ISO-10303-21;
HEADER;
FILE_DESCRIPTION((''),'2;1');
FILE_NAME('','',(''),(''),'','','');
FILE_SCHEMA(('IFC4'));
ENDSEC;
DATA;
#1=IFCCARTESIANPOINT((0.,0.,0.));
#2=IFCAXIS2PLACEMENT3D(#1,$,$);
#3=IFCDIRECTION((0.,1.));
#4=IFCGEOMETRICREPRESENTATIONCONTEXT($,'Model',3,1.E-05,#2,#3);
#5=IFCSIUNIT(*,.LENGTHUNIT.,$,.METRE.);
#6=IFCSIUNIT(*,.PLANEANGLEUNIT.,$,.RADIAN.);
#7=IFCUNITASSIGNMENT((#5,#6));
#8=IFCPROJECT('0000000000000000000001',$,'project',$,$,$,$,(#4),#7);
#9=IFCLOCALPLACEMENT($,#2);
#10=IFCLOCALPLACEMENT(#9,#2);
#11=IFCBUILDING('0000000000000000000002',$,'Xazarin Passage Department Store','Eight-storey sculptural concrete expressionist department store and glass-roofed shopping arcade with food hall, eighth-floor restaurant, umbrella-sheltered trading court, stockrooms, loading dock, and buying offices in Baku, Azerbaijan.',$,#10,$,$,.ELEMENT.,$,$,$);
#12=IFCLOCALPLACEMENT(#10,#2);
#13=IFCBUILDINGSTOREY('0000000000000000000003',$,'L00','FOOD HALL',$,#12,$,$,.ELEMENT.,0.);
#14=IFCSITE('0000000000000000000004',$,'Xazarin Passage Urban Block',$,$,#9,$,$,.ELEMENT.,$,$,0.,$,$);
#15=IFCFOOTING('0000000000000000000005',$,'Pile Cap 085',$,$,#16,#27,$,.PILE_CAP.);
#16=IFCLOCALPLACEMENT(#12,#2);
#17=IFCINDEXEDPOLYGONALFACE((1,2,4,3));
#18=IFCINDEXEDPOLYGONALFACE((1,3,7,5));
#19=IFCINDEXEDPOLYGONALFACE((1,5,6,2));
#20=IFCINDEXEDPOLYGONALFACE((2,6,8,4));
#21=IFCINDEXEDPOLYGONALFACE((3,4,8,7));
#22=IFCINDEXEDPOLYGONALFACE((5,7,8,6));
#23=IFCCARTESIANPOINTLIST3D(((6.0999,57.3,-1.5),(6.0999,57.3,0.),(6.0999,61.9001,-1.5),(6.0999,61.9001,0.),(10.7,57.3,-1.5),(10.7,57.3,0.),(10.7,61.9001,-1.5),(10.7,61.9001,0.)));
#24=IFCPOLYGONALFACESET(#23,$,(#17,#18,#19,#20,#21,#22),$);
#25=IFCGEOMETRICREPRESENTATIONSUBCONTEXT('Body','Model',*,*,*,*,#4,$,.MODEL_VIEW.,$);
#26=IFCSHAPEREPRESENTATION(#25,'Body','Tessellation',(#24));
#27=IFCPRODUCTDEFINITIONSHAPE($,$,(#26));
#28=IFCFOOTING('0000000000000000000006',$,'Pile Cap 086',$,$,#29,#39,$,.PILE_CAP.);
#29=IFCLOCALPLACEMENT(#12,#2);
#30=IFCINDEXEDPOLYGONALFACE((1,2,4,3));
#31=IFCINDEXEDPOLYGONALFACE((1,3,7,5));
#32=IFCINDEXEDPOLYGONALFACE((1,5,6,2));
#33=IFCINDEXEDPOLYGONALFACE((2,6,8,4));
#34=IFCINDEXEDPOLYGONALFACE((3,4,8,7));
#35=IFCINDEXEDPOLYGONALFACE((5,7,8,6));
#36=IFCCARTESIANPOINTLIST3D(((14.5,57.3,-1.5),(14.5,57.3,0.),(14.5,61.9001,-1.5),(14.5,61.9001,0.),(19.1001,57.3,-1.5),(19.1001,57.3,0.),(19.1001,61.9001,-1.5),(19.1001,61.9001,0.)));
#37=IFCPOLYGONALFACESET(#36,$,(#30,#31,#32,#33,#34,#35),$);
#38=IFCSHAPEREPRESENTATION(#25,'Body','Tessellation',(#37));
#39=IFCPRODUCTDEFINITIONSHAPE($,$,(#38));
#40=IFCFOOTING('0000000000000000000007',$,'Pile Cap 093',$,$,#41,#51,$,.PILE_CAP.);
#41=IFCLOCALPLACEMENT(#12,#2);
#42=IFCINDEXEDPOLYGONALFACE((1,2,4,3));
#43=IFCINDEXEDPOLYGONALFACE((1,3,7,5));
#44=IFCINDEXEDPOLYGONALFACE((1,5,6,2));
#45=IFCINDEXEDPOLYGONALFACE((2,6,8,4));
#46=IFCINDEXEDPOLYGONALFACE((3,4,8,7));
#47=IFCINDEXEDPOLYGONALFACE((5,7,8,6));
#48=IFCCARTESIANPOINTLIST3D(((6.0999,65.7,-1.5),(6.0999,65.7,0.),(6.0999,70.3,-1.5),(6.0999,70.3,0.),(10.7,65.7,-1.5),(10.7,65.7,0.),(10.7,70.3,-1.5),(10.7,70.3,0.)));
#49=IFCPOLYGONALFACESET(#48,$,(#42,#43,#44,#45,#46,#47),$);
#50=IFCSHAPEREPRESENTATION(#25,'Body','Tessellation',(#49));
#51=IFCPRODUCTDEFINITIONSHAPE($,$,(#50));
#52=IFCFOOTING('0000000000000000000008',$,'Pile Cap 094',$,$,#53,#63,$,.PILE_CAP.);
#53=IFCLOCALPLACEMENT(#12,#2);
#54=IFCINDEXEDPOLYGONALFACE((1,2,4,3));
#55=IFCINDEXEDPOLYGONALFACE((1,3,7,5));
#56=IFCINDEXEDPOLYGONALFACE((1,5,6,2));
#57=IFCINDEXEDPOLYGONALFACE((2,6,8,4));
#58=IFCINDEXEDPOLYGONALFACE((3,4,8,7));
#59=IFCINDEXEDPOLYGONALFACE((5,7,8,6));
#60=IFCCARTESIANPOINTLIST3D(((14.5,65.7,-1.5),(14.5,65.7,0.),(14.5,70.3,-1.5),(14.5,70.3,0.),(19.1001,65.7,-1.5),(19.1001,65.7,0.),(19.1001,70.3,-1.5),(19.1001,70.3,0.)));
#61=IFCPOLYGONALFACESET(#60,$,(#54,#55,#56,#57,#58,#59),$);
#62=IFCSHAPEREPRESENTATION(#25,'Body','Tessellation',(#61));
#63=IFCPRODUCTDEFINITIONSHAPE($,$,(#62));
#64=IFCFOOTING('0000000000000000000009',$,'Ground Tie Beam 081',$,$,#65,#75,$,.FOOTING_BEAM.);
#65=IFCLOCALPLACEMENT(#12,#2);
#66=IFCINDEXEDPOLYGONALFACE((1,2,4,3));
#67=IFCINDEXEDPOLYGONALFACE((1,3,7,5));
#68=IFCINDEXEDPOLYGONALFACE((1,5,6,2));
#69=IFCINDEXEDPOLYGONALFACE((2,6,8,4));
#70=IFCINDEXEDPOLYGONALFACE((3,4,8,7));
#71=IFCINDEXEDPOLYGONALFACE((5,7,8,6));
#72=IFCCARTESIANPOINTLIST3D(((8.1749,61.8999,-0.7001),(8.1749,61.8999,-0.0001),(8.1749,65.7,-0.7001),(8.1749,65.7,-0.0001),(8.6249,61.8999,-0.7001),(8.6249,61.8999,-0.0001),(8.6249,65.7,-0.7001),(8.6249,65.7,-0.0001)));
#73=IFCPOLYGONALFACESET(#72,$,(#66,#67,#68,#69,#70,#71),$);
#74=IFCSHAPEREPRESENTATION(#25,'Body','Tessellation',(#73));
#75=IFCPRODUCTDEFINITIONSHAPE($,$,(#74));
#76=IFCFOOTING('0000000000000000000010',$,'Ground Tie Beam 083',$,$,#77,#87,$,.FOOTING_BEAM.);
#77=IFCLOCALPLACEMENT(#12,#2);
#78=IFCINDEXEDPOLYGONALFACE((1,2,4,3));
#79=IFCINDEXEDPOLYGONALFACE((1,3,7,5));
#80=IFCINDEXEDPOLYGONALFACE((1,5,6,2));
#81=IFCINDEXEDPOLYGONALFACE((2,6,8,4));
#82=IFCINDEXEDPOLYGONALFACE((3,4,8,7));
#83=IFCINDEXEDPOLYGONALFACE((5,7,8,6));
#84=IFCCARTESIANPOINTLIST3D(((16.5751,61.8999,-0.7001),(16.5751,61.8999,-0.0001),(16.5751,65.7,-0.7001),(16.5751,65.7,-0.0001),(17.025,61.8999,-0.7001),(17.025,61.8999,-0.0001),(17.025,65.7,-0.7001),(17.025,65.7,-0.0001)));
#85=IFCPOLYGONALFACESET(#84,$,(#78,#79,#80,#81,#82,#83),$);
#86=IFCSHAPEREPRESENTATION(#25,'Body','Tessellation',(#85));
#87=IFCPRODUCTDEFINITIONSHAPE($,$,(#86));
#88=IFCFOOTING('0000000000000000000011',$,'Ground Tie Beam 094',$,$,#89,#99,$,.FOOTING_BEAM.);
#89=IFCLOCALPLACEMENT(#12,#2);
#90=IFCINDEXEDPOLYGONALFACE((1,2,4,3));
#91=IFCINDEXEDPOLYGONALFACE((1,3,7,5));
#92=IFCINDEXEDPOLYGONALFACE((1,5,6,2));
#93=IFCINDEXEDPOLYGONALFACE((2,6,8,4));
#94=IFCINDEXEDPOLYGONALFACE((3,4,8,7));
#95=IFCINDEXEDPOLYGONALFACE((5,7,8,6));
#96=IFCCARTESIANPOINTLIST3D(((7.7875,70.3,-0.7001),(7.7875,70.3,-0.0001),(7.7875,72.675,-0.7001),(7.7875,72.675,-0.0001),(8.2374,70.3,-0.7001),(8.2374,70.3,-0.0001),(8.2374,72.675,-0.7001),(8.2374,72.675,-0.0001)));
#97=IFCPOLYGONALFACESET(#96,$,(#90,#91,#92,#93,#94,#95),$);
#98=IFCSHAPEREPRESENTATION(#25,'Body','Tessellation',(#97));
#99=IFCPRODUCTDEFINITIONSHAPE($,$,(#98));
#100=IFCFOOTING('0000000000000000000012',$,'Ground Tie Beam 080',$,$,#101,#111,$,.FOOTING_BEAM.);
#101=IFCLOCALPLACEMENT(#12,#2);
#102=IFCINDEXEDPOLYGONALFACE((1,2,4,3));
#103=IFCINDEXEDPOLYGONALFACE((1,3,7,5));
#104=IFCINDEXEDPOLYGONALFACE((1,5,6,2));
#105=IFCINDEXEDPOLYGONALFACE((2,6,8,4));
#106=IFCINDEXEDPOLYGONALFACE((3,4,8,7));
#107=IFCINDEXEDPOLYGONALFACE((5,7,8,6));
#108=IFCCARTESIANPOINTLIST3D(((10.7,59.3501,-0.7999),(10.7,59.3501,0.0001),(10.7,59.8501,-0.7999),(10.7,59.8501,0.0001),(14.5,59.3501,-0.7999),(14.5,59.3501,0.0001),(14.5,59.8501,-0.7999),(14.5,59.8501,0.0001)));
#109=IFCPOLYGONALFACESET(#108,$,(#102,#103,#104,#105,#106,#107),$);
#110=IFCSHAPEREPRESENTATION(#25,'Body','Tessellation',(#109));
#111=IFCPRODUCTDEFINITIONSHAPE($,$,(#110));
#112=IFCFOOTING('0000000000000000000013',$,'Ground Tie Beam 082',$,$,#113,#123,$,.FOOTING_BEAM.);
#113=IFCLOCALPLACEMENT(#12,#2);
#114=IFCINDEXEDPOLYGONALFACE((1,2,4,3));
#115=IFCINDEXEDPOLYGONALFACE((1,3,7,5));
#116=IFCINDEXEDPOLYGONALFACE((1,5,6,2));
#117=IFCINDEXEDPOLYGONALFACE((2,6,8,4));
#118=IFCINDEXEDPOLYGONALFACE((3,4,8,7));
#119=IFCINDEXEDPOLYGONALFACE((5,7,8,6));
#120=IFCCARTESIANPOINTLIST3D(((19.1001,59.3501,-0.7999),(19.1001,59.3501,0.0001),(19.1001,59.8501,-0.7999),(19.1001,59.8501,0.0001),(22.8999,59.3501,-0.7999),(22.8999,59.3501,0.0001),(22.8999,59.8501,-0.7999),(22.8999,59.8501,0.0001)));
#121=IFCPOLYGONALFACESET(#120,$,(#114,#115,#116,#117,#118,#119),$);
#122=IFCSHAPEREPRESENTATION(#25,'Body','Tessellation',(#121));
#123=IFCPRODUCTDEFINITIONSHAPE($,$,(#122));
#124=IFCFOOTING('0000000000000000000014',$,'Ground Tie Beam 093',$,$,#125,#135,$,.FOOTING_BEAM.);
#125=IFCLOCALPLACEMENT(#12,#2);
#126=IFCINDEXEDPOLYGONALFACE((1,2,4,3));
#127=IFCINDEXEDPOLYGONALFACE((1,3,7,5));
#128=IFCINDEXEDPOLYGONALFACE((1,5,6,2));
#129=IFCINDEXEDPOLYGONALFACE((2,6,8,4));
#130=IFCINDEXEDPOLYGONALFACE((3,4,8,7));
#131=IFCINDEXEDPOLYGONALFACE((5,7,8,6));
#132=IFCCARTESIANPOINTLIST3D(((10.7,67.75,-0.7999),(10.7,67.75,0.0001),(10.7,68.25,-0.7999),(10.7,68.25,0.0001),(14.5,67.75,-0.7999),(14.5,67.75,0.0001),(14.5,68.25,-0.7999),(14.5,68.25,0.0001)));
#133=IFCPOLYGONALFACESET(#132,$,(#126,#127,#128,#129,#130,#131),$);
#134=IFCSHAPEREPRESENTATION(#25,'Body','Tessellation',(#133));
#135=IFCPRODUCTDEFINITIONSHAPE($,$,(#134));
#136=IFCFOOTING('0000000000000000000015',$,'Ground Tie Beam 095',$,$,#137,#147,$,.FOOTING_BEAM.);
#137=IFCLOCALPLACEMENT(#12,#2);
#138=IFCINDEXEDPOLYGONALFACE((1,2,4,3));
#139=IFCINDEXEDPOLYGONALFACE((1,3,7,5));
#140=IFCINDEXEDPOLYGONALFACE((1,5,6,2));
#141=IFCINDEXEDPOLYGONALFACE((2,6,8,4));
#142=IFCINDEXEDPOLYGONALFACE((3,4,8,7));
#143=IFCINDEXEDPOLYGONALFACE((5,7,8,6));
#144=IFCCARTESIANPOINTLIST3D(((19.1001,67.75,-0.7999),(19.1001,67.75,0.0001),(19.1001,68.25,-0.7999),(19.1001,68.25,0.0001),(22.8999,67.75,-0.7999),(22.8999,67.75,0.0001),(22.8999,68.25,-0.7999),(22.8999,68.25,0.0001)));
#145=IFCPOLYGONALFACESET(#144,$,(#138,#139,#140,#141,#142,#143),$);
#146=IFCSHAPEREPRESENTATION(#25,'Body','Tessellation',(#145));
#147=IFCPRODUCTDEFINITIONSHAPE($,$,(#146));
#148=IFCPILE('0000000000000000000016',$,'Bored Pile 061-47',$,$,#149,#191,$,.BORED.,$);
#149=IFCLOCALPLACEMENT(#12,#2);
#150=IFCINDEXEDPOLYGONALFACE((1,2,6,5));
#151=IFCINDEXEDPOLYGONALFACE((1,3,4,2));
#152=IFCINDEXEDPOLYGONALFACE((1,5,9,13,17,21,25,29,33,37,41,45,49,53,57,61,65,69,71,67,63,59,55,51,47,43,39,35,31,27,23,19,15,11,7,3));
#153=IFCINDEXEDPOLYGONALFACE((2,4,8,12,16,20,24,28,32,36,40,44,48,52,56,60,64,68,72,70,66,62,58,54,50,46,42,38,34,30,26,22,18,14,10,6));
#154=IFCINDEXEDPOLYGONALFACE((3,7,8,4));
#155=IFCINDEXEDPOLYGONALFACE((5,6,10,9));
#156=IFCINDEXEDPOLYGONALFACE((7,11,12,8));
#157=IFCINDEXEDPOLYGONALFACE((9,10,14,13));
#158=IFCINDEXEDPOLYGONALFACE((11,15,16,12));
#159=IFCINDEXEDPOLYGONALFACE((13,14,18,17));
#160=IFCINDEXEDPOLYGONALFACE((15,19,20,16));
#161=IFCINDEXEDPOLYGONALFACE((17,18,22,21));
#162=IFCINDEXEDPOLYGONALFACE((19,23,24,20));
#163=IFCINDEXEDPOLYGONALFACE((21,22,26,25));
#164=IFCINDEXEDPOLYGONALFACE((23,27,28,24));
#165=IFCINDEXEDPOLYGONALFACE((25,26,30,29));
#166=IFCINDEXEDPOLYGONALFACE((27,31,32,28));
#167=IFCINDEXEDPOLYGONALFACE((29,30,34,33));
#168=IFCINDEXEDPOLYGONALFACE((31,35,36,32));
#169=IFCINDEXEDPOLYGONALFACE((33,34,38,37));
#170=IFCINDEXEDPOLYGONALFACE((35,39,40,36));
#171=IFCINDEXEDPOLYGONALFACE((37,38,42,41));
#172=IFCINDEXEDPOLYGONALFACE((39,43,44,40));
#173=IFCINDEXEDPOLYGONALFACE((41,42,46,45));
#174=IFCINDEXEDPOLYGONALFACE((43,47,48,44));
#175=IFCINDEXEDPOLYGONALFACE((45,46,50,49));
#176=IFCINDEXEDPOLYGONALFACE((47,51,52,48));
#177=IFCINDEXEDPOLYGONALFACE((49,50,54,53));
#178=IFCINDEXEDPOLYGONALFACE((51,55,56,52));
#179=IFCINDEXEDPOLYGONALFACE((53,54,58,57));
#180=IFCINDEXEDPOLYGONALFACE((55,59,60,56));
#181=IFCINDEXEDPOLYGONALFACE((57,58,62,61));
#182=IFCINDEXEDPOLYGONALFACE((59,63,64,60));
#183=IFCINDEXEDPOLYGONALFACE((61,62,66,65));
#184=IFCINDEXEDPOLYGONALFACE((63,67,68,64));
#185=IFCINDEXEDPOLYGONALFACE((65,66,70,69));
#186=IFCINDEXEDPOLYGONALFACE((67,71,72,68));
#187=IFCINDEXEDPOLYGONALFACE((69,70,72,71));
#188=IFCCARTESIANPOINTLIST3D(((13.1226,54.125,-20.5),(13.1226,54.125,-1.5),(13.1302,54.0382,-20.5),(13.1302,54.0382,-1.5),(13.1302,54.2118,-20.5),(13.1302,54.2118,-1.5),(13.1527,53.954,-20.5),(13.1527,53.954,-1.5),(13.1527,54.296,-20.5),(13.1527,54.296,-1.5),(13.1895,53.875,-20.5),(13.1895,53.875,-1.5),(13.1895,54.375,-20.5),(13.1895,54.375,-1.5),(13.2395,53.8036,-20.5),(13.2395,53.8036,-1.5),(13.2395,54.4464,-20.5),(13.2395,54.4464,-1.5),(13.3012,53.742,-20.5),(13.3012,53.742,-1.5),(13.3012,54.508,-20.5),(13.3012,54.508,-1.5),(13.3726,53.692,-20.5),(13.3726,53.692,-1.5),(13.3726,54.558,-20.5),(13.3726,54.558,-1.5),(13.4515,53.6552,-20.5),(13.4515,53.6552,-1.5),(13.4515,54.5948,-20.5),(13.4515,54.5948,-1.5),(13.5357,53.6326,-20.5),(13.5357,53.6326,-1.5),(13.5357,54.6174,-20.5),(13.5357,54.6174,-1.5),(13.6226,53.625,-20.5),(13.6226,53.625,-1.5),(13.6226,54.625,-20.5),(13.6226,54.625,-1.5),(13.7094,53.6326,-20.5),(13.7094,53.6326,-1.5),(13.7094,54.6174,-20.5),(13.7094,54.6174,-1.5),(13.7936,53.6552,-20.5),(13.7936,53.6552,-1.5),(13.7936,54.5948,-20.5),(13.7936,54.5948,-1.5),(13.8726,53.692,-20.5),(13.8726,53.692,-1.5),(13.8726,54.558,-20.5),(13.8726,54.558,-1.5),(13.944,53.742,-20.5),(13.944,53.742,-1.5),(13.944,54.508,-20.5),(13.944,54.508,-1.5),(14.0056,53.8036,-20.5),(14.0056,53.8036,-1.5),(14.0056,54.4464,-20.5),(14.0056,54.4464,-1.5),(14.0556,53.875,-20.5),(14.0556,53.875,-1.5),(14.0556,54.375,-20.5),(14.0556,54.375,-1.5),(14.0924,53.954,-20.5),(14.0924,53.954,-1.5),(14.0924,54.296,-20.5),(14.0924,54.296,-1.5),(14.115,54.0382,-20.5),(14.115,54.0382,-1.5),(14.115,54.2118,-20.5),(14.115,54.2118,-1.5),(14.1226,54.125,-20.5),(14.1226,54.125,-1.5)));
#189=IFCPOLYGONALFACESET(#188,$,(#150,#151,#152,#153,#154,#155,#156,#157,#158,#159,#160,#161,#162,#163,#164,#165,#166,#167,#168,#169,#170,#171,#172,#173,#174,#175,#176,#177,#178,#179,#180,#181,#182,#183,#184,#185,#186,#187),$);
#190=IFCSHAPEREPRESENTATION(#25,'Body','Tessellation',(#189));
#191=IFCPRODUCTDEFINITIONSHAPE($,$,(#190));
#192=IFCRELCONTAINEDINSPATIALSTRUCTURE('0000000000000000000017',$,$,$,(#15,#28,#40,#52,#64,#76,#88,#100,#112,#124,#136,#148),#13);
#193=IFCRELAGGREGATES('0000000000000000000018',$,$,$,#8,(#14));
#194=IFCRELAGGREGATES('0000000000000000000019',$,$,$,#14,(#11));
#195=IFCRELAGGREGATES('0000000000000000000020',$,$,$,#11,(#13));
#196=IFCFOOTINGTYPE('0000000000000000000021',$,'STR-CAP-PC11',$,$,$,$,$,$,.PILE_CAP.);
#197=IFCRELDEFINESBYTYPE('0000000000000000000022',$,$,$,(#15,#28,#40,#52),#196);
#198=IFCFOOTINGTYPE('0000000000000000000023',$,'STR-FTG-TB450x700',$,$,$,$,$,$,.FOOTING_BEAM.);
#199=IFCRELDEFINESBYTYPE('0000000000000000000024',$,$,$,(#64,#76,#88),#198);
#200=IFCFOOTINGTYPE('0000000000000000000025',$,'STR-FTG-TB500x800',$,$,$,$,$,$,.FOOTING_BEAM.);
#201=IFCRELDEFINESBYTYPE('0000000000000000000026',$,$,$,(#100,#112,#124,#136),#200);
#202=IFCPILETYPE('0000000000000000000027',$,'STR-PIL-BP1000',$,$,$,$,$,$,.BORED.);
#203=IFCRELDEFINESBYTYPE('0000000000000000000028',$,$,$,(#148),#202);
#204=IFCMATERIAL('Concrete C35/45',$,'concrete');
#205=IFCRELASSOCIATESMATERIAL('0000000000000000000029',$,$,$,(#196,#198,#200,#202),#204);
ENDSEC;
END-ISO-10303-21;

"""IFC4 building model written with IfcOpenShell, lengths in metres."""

from ifc_helpers import new_model, si_unit, direction, frame, origin, origin_2d, place, context, subcontext, project, spatial, rectangle, circle, extrude, material, material_profile, profile_set, type_object, element, save


model = new_model("IFC4")

# Units and contexts
model_context = context("Model", 3, precision=1e-05, world=origin(), true_north=direction((0.0, 1.0)))
body_context = subcontext(model_context, "Body", "Model", "MODEL_VIEW")
ifc_project = project(units=[si_unit("LENGTHUNIT", "METRE"), si_unit("PLANEANGLEUNIT", "RADIAN")], contexts=[model_context])

# Site, building, storey
site_placement = place(None, origin())
site = spatial("IfcSite", under=ifc_project, at=site_placement, Name="Xazarin Passage Urban Block", CompositionType="ELEMENT", RefElevation=0.0)
building_placement = place(site_placement, origin())
building = spatial("IfcBuilding", under=site, at=building_placement, Name="Xazarin Passage Department Store", Description="Eight-storey sculptural concrete expressionist department store and glass-roofed shopping arcade with food hall, eighth-floor restaurant, umbrella-sheltered trading court, stockrooms, loading dock, and buying offices in Baku, Azerbaijan.", CompositionType="ELEMENT")
storey_placement = place(building_placement, origin())
storey = spatial("IfcBuildingStorey", under=building, at=storey_placement, Name="L00", Description="FOOD HALL", CompositionType="ELEMENT", Elevation=0.0)

# Footings
ifc_material_1 = material(Name="Concrete C35/45", Category="concrete")
footing_type_1 = type_object("IfcFootingType", Name="STR-CAP-PC11", PredefinedType="PILE_CAP", material=ifc_material_1)
for number, where, z_axis, x_axis, name in (
    (1, (8.3999, 59.6001, -1.5), (0.0, 0.0, 1.0), (1.0, 0.0, 0.0), "Pile Cap 085"),
    (2, (16.8, 59.6001, -1.5), (0.0, 0.0, 1.0), (1.0, 0.0, 0.0), "Pile Cap 086"),
    (3, (8.3999, 68.0, -1.5), (0.0, 0.0, 1.0), (1.0, 0.0, 0.0), "Pile Cap 093"),
    (4, (16.8, 68.0, -1.5), (0.0, 0.0, 1.0), (1.0, 0.0, 0.0), "Pile Cap 094"),
):
    element("IfcFooting", number, at=place(storey_placement, frame(where, z_axis=z_axis, x_axis=x_axis)), inside=storey, type_object=footing_type_1, Name=name, PredefinedType="PILE_CAP", context=body_context, shape_type="SweptSolid", body=[
        extrude(rectangle(XDim=4.6001, YDim=4.6001, at=origin_2d()), origin(), (0.0, 0.0, 1.0), 1.5),
    ])
ifc_material_profile_1 = material_profile(ifc_material_1, rectangle(XDim=0.45, YDim=0.7, at=origin_2d()), Name="RC 450x700")
ifc_profile_set_1 = profile_set([ifc_material_profile_1], Name="Concrete C35/45")
footing_type_2 = type_object("IfcFootingType", Name="STR-FTG-TB450x700", PredefinedType="FOOTING_BEAM", material=ifc_profile_set_1)
for number, where, z_axis, x_axis, name in (
    (5, (8.3999, 61.8999, -0.3501), (0.0, 1.0, 0.0), (-1.0, 0.0, 0.0), "Ground Tie Beam 081"),
    (6, (16.8, 61.8999, -0.3501), (0.0, 1.0, 0.0), (-1.0, 0.0, 0.0), "Ground Tie Beam 083"),
):
    element("IfcFooting", number, at=place(storey_placement, frame(where, z_axis=z_axis, x_axis=x_axis)), inside=storey, type_object=footing_type_2, Name=name, PredefinedType="FOOTING_BEAM", context=body_context, shape_type="SweptSolid", body=[
        extrude(rectangle(XDim=0.45, YDim=0.7, at=origin_2d()), origin(), (0.0, 0.0, 1.0), 3.8),
    ])
footing_1_placement = place(storey_placement, frame((8.0125, 70.3, -0.3501), z_axis=(0.0, 1.0, 0.0), x_axis=(-1.0, 0.0, 0.0)))
element("IfcFooting", 7, at=footing_1_placement, inside=storey, type_object=footing_type_2, Name="Ground Tie Beam 094", PredefinedType="FOOTING_BEAM", context=body_context, shape_type="SweptSolid", body=[
    extrude(rectangle(XDim=0.45, YDim=0.7, at=origin_2d()), origin(), (0.0, 0.0, 1.0), 2.375),
])
ifc_material_profile_2 = material_profile(ifc_material_1, rectangle(XDim=0.5, YDim=0.8, at=origin_2d()), Name="RC 500x800")
ifc_profile_set_2 = profile_set([ifc_material_profile_2], Name="Concrete C35/45")
footing_type_3 = type_object("IfcFootingType", Name="STR-FTG-TB500x800", PredefinedType="FOOTING_BEAM", material=ifc_profile_set_2)
footing_2_placement = place(storey_placement, frame((10.7, 59.6001, -0.3999), z_axis=(1.0, 0.0, 0.0), x_axis=(0.0, 1.0, 0.0)))
element("IfcFooting", 8, at=footing_2_placement, inside=storey, type_object=footing_type_3, Name="Ground Tie Beam 080", PredefinedType="FOOTING_BEAM", context=body_context, shape_type="SweptSolid", body=[
    extrude(rectangle(XDim=0.5, YDim=0.8, at=origin_2d()), origin(), (0.0, 0.0, 1.0), 3.8),
])
footing_3_placement = place(storey_placement, frame((19.1001, 59.6001, -0.3999), z_axis=(1.0, 0.0, 0.0), x_axis=(0.0, 1.0, 0.0)))
element("IfcFooting", 9, at=footing_3_placement, inside=storey, type_object=footing_type_3, Name="Ground Tie Beam 082", PredefinedType="FOOTING_BEAM", context=body_context, shape_type="SweptSolid", body=[
    extrude(rectangle(XDim=0.5, YDim=0.8, at=origin_2d()), origin(), (0.0, 0.0, 1.0), 3.7998),
])
footing_4_placement = place(storey_placement, frame((10.7, 68.0, -0.3999), z_axis=(1.0, 0.0, 0.0), x_axis=(0.0, 1.0, 0.0)))
element("IfcFooting", 10, at=footing_4_placement, inside=storey, type_object=footing_type_3, Name="Ground Tie Beam 093", PredefinedType="FOOTING_BEAM", context=body_context, shape_type="SweptSolid", body=[
    extrude(rectangle(XDim=0.5, YDim=0.8, at=origin_2d()), origin(), (0.0, 0.0, 1.0), 3.8),
])
footing_5_placement = place(storey_placement, frame((19.1001, 68.0, -0.3999), z_axis=(1.0, 0.0, 0.0), x_axis=(0.0, 1.0, 0.0)))
element("IfcFooting", 11, at=footing_5_placement, inside=storey, type_object=footing_type_3, Name="Ground Tie Beam 095", PredefinedType="FOOTING_BEAM", context=body_context, shape_type="SweptSolid", body=[
    extrude(rectangle(XDim=0.5, YDim=0.8, at=origin_2d()), origin(), (0.0, 0.0, 1.0), 3.7998),
])

# Pile
ifc_material_profile_3 = material_profile(ifc_material_1, circle(Radius=0.5, at=origin_2d()), Name="BP 1000")
ifc_profile_set_3 = profile_set([ifc_material_profile_3], Name="Concrete C35/45")
pile_type_1 = type_object("IfcPileType", Name="STR-PIL-BP1000", PredefinedType="BORED", material=ifc_profile_set_3)
for number, where, z_axis, x_axis, name in (
    (12, (13.6226, 54.125, -1.5), (0.0, 0.0, -1.0), (1.0, 0.0, 0.0), "Bored Pile 061-47"),
):
    element("IfcPile", number, at=place(storey_placement, frame(where, z_axis=z_axis, x_axis=x_axis)), inside=storey, type_object=pile_type_1, Name=name, PredefinedType="BORED", context=body_context, shape_type="SweptSolid", body=[
        extrude(circle(Radius=0.5, at=origin_2d()), origin(), (0.0, 0.0, 1.0), 19.0),
    ])

save(model, "model.ifc")
